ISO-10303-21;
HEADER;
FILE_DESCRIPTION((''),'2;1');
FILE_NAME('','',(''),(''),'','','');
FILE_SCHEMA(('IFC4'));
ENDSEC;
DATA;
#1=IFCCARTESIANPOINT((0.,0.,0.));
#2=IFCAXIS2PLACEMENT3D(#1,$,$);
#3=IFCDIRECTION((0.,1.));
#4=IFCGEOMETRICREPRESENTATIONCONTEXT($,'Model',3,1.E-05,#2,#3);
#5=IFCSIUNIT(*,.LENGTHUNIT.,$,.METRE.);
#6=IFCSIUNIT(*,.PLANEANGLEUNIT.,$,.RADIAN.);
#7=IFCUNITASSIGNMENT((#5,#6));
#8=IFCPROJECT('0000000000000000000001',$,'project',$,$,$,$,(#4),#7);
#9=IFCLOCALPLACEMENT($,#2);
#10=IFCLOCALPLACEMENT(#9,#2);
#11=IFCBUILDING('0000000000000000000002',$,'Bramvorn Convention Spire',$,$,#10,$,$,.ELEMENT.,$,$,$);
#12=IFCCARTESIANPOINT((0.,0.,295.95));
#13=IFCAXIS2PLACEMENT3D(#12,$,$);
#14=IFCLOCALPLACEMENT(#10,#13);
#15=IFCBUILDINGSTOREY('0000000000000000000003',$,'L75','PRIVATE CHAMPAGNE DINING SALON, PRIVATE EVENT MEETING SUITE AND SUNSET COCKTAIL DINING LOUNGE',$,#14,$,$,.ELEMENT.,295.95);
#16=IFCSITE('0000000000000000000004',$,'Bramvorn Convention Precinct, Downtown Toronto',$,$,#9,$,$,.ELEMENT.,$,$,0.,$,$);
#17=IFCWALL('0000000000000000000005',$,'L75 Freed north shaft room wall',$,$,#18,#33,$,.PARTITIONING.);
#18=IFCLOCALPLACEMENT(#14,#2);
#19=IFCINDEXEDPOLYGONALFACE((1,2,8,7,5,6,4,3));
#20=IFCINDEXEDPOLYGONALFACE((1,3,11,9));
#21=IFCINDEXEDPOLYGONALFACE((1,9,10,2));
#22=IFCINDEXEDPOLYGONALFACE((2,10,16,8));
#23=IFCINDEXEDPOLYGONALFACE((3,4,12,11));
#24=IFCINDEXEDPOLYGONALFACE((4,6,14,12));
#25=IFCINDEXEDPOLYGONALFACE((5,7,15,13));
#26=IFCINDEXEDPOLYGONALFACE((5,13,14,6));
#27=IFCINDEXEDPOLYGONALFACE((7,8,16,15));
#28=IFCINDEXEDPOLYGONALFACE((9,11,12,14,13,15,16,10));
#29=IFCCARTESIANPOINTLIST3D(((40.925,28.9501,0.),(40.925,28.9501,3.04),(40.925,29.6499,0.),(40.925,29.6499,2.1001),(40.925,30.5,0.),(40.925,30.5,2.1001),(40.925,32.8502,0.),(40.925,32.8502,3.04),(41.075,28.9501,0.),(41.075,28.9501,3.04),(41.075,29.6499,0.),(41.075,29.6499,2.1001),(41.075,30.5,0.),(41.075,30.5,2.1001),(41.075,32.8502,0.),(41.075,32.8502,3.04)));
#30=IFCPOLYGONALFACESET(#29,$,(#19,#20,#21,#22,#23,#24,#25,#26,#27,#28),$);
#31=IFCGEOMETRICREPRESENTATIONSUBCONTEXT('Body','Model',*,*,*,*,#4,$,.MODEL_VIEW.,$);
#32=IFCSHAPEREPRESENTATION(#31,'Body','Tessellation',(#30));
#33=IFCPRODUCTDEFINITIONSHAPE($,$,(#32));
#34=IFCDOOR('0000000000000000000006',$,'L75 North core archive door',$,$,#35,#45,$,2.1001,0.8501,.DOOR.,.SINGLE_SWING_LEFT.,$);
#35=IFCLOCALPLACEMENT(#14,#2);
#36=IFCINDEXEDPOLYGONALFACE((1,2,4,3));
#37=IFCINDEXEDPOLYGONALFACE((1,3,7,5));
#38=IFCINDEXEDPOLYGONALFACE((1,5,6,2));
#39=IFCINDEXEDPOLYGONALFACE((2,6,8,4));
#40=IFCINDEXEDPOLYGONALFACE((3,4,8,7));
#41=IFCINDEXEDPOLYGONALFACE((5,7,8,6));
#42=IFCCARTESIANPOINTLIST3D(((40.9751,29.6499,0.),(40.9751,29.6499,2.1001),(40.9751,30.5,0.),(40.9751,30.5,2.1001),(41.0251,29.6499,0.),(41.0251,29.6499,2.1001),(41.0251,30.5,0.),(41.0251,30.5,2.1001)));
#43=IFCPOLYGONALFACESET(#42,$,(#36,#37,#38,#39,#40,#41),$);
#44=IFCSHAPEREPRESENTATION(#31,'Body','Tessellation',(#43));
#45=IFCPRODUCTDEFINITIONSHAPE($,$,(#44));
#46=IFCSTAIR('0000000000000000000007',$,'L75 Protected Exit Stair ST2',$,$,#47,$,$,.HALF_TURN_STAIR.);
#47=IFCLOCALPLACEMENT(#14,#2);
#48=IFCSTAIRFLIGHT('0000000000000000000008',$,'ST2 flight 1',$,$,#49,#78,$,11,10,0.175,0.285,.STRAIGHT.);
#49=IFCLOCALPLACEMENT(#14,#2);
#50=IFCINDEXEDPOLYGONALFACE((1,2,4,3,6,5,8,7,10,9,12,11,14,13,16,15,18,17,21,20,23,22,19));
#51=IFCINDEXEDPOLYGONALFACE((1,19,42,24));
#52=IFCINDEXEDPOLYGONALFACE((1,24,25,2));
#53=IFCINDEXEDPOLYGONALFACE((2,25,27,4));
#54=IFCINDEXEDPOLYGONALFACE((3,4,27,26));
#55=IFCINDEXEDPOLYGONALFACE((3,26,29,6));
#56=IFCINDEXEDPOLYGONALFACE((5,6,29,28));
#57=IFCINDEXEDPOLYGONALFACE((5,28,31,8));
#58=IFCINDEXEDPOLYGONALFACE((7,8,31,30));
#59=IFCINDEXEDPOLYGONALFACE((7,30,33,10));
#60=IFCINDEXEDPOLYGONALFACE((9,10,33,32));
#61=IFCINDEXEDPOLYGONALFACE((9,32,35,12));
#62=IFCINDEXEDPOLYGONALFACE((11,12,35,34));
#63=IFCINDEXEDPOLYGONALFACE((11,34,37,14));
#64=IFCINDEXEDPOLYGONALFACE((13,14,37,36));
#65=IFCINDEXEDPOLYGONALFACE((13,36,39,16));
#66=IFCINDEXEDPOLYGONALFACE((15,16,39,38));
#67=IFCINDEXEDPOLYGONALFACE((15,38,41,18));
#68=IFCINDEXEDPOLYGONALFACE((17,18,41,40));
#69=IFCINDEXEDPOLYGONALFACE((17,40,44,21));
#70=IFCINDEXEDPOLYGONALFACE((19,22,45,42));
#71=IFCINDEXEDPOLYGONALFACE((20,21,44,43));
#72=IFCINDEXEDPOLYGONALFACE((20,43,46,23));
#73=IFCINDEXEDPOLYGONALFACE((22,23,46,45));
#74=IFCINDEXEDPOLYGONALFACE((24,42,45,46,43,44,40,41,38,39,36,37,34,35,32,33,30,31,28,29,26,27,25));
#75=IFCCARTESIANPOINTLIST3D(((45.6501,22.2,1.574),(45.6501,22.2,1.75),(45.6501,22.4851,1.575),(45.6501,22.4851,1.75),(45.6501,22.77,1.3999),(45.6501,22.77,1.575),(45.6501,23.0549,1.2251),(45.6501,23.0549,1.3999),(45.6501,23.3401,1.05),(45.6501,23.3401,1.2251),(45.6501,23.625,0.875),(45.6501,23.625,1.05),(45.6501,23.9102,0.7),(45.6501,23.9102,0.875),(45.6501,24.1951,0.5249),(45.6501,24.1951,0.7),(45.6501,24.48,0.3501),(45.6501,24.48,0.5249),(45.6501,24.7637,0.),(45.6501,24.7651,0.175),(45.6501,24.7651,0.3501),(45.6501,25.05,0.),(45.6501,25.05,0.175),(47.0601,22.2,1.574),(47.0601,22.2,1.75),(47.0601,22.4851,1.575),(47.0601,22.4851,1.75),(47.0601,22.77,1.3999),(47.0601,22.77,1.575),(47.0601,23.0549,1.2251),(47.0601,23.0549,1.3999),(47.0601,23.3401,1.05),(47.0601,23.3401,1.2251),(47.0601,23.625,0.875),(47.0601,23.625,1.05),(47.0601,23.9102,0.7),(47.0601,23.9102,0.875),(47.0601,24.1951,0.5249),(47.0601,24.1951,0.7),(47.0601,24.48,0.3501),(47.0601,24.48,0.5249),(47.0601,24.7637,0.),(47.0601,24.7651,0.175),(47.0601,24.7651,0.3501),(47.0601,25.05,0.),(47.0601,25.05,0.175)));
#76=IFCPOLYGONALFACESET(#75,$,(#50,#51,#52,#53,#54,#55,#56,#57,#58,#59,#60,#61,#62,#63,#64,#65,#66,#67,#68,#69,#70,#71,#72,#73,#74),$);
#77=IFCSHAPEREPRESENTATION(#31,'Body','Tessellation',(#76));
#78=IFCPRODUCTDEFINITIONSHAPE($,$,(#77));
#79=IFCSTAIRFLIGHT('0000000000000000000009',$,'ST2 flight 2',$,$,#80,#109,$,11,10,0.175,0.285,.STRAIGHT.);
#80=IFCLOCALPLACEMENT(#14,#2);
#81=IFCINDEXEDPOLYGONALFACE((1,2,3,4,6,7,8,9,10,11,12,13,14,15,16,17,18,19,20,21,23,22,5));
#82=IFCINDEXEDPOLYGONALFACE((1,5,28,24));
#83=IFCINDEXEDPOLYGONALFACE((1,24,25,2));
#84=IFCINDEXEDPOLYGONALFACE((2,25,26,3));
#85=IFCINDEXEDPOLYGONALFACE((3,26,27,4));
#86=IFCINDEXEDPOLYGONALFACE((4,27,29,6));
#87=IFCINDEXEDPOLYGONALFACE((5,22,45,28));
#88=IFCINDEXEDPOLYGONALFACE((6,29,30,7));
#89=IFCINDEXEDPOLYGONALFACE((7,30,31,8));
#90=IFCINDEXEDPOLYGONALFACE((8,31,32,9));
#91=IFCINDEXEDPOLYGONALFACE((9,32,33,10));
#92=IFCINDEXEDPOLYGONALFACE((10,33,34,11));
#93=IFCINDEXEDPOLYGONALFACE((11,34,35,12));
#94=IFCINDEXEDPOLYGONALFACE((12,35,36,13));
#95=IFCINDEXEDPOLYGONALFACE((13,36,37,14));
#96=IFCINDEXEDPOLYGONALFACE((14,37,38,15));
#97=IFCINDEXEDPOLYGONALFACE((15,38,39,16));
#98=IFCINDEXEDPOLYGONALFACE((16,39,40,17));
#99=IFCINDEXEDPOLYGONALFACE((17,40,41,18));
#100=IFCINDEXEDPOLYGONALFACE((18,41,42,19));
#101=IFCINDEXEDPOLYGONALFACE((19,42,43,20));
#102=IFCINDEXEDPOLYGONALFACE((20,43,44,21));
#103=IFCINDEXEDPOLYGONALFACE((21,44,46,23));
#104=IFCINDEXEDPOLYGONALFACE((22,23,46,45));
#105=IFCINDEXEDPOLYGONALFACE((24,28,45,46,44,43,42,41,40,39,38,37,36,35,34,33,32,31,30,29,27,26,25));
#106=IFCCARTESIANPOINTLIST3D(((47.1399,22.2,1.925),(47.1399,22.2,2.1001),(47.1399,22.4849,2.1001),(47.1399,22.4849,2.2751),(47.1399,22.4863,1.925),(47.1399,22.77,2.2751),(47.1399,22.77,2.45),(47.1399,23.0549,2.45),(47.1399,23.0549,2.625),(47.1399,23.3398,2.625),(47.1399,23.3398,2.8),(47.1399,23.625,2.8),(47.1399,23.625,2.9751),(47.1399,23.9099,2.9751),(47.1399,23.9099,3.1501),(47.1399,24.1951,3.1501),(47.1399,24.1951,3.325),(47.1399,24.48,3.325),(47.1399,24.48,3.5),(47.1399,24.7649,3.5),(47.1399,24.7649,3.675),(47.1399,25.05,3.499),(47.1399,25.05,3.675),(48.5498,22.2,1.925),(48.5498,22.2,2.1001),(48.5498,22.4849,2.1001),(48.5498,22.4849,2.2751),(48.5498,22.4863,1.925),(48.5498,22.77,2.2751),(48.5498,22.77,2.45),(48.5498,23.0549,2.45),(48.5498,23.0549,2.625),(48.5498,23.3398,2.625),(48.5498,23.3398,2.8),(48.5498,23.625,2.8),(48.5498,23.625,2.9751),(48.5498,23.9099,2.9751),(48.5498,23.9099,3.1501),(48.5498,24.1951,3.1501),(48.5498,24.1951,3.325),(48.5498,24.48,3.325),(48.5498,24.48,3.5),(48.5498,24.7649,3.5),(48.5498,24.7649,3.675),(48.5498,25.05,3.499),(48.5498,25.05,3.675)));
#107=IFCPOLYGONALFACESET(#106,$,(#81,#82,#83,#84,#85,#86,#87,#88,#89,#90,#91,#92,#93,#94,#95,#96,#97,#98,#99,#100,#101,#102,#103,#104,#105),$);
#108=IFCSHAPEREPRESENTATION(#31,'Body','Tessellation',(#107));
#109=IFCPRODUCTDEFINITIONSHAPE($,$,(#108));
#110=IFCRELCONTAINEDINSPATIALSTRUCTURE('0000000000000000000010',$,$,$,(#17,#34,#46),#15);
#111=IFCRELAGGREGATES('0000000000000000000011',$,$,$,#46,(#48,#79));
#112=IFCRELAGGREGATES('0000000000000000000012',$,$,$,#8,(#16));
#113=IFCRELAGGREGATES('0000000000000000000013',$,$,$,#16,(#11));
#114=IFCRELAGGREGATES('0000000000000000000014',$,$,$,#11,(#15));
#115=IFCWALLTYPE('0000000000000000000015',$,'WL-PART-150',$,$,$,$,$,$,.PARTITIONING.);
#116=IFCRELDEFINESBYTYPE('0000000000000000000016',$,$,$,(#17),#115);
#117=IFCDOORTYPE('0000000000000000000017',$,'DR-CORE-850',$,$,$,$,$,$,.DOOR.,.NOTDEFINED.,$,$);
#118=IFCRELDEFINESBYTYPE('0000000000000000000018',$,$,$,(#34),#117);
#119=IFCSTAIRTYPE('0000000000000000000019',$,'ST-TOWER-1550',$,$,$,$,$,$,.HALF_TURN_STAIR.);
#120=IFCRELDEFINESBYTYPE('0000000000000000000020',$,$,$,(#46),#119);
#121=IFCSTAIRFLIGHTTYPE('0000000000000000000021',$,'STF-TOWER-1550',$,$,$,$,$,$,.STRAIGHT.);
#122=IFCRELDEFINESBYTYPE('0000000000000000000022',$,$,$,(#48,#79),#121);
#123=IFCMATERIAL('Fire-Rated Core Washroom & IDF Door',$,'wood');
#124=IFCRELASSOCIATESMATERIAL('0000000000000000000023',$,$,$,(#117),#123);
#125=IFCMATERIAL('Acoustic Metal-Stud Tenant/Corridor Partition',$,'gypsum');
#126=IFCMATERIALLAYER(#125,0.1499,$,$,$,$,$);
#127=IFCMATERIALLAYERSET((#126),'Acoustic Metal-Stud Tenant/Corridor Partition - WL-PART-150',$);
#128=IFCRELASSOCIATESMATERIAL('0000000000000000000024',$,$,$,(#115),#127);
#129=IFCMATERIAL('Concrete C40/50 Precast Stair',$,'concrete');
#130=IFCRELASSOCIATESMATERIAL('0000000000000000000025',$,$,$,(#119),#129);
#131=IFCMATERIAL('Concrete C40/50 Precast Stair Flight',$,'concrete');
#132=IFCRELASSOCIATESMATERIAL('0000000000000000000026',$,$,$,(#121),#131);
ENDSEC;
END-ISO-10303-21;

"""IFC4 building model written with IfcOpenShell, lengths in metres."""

from ifc_helpers import new_model, si_unit, direction, frame, frame_2d, origin, place, context, subcontext, project, spatial, polyline, rectangle, outline, extrude, material, layer, layer_set, type_object, element, fill, aggregate, save


model = new_model("IFC4")

# Units and contexts
model_context = context("Model", 3, precision=1e-05, world=origin(), true_north=direction((0.0, 1.0)))
body_context = subcontext(model_context, "Body", "Model", "MODEL_VIEW")
ifc_project = project(units=[si_unit("LENGTHUNIT", "METRE"), si_unit("PLANEANGLEUNIT", "RADIAN")], contexts=[model_context])

# Site, building, storey
site_placement = place(None, origin())
site = spatial("IfcSite", under=ifc_project, at=site_placement, Name="Bramvorn Convention Precinct, Downtown Toronto", CompositionType="ELEMENT", RefElevation=0.0)
building_placement = place(site_placement, origin())
building = spatial("IfcBuilding", under=site, at=building_placement, Name="Bramvorn Convention Spire", CompositionType="ELEMENT")
storey_placement = place(building_placement, frame((0.0, 0.0, 295.95)))
storey = spatial("IfcBuildingStorey", under=building, at=storey_placement, Name="L75", Description="PRIVATE CHAMPAGNE DINING SALON, PRIVATE EVENT MEETING SUITE AND SUNSET COCKTAIL DINING LOUNGE", CompositionType="ELEMENT", Elevation=295.95)

# Shared definitions
ifc_material_1 = material(Name="Fire-Rated Core Washroom & IDF Door", Category="wood")
door_type_1 = type_object("IfcDoorType", Name="DR-CORE-850", OperationType="NOTDEFINED", PredefinedType="DOOR", material=ifc_material_1)

# Wall, opening, door
ifc_material_2 = material(Name="Acoustic Metal-Stud Tenant/Corridor Partition", Category="gypsum")
ifc_layer_1 = layer(ifc_material_2, 0.1499)
ifc_layer_set_1 = layer_set([ifc_layer_1], Name="Acoustic Metal-Stud Tenant/Corridor Partition - WL-PART-150")
wall_type_1 = type_object("IfcWallType", Name="WL-PART-150", PredefinedType="PARTITIONING", material=ifc_layer_set_1)
wall_1_placement = place(storey_placement, frame((41.0, 28.95, 0.0), z_axis=(0.0, 0.0, 1.0), x_axis=(0.0, 1.0, 0.0)))
wall_1 = element("IfcWall", 1, at=wall_1_placement, inside=storey, type_object=wall_type_1, Name="L75 Freed north shaft room wall", PredefinedType="PARTITIONING", context=body_context, shape_type="SweptSolid", body=[
    extrude(rectangle(XDim=3.9001, YDim=0.1499, at=frame_2d((1.9502, 0.0))), origin(), (0.0, 0.0, 1.0), 3.04),
])
opening_1_placement = place(wall_1_placement, frame((0.7, 0.0, 0.0)))
opening_1 = element("IfcOpeningElement", 2, at=opening_1_placement, cuts=wall_1, PredefinedType="OPENING", context=body_context, shape_type="SweptSolid", body=[
    extrude(rectangle(XDim=0.8501, YDim=2.1001, at=frame_2d((0.425, 1.05))), frame((0.0, 0.085, 0.0), z_axis=(0.0, -1.0, 0.0), x_axis=(1.0, 0.0, 0.0)), (0.0, 0.0, 1.0), 0.1699),
])
door_1_placement = place(opening_1_placement, origin())
door_1 = element("IfcDoor", 3, at=door_1_placement, inside=storey, type_object=door_type_1, Name="L75 North core archive door", OperationType="SINGLE_SWING_LEFT", OverallHeight=2.1001, OverallWidth=0.8501, PredefinedType="DOOR", context=body_context, shape_type="SweptSolid", body=[
    extrude(rectangle(XDim=0.8501, YDim=2.1001, at=frame_2d((0.425, 1.05))), frame((0.0, 0.0249, 0.0), z_axis=(0.0, -1.0, 0.0), x_axis=(1.0, 0.0, 0.0)), (0.0, 0.0, 1.0), 0.05),
])
fill(opening_1, door_1)

# Stair, stair flights
ifc_material_3 = material(Name="Concrete C40/50 Precast Stair", Category="concrete")
stair_type = type_object("IfcStairType", Name="ST-TOWER-1550", PredefinedType="HALF_TURN_STAIR", material=ifc_material_3)
stair_placement = place(storey_placement, origin())
stair = element("IfcStair", 4, at=stair_placement, inside=storey, type_object=stair_type, Name="L75 Protected Exit Stair ST2", PredefinedType="HALF_TURN_STAIR")
ifc_material_4 = material(Name="Concrete C40/50 Precast Stair Flight", Category="concrete")
stair_flight_type = type_object("IfcStairFlightType", Name="STF-TOWER-1550", PredefinedType="STRAIGHT", material=ifc_material_4)
stair_flight_1_placement = place(storey_placement, frame((46.355, 25.05, 0.0), z_axis=(0.0, 0.0, 1.0), x_axis=(0.0, -1.0, 0.0)))
stair_flight_1 = element("IfcStairFlight", 5, at=stair_flight_1_placement, type_object=stair_flight_type, Name="ST2 flight 1", NumberOfRisers=11, NumberOfTreads=10, PredefinedType="STRAIGHT", RiserHeight=0.175, TreadLength=0.285, context=body_context, shape_type="SweptSolid", body=[
    extrude(outline(polyline([(0.0, 0.0), (0.0, 0.175), (0.2849, 0.175), (0.2849, 0.3501), (0.5701, 0.3501), (0.5701, 0.5249), (0.855, 0.5249), (0.855, 0.7), (1.1399, 0.7), (1.1399, 0.875), (1.425, 0.875), (1.425, 1.05), (1.71, 1.05), (1.71, 1.2251), (1.9951, 1.2251), (1.9951, 1.3999), (2.28, 1.3999), (2.28, 1.575), (2.5649, 1.575), (2.5649, 1.75), (2.8501, 1.75), (2.8501, 1.925), (2.8501, 1.574), (0.2864, 0.0), (0.0, 0.0)])), frame((0.0, 0.7051, 0.0), z_axis=(0.0, -1.0, 0.0), x_axis=(1.0, 0.0, 0.0)), (0.0, 0.0, 1.0), 1.4099),
])
stair_flight_2_placement = place(storey_placement, frame((47.845, 22.2, 1.925), z_axis=(0.0, 0.0, 1.0), x_axis=(0.0, 1.0, 0.0)))
stair_flight_2 = element("IfcStairFlight", 6, at=stair_flight_2_placement, type_object=stair_flight_type, Name="ST2 flight 2", NumberOfRisers=11, NumberOfTreads=10, PredefinedType="STRAIGHT", RiserHeight=0.175, TreadLength=0.285, context=body_context, shape_type="SweptSolid", body=[
    extrude(outline(polyline([(0.0, 0.0), (0.0, 0.175), (0.2849, 0.175), (0.2849, 0.3501), (0.5701, 0.3501), (0.5701, 0.5249), (0.855, 0.5249), (0.855, 0.7), (1.1399, 0.7), (1.1399, 0.875), (1.425, 0.875), (1.425, 1.05), (1.71, 1.05), (1.71, 1.2251), (1.9951, 1.2251), (1.9951, 1.3999), (2.28, 1.3999), (2.28, 1.575), (2.5649, 1.575), (2.5649, 1.75), (2.8501, 1.75), (2.8501, 1.925), (2.8501, 1.574), (0.2864, 0.0), (0.0, 0.0)])), frame((0.0, 0.7051, 0.0), z_axis=(0.0, -1.0, 0.0), x_axis=(1.0, 0.0, 0.0)), (0.0, 0.0, 1.0), 1.4099),
])
aggregate(stair, [stair_flight_1, stair_flight_2])

save(model, "model.ifc")
